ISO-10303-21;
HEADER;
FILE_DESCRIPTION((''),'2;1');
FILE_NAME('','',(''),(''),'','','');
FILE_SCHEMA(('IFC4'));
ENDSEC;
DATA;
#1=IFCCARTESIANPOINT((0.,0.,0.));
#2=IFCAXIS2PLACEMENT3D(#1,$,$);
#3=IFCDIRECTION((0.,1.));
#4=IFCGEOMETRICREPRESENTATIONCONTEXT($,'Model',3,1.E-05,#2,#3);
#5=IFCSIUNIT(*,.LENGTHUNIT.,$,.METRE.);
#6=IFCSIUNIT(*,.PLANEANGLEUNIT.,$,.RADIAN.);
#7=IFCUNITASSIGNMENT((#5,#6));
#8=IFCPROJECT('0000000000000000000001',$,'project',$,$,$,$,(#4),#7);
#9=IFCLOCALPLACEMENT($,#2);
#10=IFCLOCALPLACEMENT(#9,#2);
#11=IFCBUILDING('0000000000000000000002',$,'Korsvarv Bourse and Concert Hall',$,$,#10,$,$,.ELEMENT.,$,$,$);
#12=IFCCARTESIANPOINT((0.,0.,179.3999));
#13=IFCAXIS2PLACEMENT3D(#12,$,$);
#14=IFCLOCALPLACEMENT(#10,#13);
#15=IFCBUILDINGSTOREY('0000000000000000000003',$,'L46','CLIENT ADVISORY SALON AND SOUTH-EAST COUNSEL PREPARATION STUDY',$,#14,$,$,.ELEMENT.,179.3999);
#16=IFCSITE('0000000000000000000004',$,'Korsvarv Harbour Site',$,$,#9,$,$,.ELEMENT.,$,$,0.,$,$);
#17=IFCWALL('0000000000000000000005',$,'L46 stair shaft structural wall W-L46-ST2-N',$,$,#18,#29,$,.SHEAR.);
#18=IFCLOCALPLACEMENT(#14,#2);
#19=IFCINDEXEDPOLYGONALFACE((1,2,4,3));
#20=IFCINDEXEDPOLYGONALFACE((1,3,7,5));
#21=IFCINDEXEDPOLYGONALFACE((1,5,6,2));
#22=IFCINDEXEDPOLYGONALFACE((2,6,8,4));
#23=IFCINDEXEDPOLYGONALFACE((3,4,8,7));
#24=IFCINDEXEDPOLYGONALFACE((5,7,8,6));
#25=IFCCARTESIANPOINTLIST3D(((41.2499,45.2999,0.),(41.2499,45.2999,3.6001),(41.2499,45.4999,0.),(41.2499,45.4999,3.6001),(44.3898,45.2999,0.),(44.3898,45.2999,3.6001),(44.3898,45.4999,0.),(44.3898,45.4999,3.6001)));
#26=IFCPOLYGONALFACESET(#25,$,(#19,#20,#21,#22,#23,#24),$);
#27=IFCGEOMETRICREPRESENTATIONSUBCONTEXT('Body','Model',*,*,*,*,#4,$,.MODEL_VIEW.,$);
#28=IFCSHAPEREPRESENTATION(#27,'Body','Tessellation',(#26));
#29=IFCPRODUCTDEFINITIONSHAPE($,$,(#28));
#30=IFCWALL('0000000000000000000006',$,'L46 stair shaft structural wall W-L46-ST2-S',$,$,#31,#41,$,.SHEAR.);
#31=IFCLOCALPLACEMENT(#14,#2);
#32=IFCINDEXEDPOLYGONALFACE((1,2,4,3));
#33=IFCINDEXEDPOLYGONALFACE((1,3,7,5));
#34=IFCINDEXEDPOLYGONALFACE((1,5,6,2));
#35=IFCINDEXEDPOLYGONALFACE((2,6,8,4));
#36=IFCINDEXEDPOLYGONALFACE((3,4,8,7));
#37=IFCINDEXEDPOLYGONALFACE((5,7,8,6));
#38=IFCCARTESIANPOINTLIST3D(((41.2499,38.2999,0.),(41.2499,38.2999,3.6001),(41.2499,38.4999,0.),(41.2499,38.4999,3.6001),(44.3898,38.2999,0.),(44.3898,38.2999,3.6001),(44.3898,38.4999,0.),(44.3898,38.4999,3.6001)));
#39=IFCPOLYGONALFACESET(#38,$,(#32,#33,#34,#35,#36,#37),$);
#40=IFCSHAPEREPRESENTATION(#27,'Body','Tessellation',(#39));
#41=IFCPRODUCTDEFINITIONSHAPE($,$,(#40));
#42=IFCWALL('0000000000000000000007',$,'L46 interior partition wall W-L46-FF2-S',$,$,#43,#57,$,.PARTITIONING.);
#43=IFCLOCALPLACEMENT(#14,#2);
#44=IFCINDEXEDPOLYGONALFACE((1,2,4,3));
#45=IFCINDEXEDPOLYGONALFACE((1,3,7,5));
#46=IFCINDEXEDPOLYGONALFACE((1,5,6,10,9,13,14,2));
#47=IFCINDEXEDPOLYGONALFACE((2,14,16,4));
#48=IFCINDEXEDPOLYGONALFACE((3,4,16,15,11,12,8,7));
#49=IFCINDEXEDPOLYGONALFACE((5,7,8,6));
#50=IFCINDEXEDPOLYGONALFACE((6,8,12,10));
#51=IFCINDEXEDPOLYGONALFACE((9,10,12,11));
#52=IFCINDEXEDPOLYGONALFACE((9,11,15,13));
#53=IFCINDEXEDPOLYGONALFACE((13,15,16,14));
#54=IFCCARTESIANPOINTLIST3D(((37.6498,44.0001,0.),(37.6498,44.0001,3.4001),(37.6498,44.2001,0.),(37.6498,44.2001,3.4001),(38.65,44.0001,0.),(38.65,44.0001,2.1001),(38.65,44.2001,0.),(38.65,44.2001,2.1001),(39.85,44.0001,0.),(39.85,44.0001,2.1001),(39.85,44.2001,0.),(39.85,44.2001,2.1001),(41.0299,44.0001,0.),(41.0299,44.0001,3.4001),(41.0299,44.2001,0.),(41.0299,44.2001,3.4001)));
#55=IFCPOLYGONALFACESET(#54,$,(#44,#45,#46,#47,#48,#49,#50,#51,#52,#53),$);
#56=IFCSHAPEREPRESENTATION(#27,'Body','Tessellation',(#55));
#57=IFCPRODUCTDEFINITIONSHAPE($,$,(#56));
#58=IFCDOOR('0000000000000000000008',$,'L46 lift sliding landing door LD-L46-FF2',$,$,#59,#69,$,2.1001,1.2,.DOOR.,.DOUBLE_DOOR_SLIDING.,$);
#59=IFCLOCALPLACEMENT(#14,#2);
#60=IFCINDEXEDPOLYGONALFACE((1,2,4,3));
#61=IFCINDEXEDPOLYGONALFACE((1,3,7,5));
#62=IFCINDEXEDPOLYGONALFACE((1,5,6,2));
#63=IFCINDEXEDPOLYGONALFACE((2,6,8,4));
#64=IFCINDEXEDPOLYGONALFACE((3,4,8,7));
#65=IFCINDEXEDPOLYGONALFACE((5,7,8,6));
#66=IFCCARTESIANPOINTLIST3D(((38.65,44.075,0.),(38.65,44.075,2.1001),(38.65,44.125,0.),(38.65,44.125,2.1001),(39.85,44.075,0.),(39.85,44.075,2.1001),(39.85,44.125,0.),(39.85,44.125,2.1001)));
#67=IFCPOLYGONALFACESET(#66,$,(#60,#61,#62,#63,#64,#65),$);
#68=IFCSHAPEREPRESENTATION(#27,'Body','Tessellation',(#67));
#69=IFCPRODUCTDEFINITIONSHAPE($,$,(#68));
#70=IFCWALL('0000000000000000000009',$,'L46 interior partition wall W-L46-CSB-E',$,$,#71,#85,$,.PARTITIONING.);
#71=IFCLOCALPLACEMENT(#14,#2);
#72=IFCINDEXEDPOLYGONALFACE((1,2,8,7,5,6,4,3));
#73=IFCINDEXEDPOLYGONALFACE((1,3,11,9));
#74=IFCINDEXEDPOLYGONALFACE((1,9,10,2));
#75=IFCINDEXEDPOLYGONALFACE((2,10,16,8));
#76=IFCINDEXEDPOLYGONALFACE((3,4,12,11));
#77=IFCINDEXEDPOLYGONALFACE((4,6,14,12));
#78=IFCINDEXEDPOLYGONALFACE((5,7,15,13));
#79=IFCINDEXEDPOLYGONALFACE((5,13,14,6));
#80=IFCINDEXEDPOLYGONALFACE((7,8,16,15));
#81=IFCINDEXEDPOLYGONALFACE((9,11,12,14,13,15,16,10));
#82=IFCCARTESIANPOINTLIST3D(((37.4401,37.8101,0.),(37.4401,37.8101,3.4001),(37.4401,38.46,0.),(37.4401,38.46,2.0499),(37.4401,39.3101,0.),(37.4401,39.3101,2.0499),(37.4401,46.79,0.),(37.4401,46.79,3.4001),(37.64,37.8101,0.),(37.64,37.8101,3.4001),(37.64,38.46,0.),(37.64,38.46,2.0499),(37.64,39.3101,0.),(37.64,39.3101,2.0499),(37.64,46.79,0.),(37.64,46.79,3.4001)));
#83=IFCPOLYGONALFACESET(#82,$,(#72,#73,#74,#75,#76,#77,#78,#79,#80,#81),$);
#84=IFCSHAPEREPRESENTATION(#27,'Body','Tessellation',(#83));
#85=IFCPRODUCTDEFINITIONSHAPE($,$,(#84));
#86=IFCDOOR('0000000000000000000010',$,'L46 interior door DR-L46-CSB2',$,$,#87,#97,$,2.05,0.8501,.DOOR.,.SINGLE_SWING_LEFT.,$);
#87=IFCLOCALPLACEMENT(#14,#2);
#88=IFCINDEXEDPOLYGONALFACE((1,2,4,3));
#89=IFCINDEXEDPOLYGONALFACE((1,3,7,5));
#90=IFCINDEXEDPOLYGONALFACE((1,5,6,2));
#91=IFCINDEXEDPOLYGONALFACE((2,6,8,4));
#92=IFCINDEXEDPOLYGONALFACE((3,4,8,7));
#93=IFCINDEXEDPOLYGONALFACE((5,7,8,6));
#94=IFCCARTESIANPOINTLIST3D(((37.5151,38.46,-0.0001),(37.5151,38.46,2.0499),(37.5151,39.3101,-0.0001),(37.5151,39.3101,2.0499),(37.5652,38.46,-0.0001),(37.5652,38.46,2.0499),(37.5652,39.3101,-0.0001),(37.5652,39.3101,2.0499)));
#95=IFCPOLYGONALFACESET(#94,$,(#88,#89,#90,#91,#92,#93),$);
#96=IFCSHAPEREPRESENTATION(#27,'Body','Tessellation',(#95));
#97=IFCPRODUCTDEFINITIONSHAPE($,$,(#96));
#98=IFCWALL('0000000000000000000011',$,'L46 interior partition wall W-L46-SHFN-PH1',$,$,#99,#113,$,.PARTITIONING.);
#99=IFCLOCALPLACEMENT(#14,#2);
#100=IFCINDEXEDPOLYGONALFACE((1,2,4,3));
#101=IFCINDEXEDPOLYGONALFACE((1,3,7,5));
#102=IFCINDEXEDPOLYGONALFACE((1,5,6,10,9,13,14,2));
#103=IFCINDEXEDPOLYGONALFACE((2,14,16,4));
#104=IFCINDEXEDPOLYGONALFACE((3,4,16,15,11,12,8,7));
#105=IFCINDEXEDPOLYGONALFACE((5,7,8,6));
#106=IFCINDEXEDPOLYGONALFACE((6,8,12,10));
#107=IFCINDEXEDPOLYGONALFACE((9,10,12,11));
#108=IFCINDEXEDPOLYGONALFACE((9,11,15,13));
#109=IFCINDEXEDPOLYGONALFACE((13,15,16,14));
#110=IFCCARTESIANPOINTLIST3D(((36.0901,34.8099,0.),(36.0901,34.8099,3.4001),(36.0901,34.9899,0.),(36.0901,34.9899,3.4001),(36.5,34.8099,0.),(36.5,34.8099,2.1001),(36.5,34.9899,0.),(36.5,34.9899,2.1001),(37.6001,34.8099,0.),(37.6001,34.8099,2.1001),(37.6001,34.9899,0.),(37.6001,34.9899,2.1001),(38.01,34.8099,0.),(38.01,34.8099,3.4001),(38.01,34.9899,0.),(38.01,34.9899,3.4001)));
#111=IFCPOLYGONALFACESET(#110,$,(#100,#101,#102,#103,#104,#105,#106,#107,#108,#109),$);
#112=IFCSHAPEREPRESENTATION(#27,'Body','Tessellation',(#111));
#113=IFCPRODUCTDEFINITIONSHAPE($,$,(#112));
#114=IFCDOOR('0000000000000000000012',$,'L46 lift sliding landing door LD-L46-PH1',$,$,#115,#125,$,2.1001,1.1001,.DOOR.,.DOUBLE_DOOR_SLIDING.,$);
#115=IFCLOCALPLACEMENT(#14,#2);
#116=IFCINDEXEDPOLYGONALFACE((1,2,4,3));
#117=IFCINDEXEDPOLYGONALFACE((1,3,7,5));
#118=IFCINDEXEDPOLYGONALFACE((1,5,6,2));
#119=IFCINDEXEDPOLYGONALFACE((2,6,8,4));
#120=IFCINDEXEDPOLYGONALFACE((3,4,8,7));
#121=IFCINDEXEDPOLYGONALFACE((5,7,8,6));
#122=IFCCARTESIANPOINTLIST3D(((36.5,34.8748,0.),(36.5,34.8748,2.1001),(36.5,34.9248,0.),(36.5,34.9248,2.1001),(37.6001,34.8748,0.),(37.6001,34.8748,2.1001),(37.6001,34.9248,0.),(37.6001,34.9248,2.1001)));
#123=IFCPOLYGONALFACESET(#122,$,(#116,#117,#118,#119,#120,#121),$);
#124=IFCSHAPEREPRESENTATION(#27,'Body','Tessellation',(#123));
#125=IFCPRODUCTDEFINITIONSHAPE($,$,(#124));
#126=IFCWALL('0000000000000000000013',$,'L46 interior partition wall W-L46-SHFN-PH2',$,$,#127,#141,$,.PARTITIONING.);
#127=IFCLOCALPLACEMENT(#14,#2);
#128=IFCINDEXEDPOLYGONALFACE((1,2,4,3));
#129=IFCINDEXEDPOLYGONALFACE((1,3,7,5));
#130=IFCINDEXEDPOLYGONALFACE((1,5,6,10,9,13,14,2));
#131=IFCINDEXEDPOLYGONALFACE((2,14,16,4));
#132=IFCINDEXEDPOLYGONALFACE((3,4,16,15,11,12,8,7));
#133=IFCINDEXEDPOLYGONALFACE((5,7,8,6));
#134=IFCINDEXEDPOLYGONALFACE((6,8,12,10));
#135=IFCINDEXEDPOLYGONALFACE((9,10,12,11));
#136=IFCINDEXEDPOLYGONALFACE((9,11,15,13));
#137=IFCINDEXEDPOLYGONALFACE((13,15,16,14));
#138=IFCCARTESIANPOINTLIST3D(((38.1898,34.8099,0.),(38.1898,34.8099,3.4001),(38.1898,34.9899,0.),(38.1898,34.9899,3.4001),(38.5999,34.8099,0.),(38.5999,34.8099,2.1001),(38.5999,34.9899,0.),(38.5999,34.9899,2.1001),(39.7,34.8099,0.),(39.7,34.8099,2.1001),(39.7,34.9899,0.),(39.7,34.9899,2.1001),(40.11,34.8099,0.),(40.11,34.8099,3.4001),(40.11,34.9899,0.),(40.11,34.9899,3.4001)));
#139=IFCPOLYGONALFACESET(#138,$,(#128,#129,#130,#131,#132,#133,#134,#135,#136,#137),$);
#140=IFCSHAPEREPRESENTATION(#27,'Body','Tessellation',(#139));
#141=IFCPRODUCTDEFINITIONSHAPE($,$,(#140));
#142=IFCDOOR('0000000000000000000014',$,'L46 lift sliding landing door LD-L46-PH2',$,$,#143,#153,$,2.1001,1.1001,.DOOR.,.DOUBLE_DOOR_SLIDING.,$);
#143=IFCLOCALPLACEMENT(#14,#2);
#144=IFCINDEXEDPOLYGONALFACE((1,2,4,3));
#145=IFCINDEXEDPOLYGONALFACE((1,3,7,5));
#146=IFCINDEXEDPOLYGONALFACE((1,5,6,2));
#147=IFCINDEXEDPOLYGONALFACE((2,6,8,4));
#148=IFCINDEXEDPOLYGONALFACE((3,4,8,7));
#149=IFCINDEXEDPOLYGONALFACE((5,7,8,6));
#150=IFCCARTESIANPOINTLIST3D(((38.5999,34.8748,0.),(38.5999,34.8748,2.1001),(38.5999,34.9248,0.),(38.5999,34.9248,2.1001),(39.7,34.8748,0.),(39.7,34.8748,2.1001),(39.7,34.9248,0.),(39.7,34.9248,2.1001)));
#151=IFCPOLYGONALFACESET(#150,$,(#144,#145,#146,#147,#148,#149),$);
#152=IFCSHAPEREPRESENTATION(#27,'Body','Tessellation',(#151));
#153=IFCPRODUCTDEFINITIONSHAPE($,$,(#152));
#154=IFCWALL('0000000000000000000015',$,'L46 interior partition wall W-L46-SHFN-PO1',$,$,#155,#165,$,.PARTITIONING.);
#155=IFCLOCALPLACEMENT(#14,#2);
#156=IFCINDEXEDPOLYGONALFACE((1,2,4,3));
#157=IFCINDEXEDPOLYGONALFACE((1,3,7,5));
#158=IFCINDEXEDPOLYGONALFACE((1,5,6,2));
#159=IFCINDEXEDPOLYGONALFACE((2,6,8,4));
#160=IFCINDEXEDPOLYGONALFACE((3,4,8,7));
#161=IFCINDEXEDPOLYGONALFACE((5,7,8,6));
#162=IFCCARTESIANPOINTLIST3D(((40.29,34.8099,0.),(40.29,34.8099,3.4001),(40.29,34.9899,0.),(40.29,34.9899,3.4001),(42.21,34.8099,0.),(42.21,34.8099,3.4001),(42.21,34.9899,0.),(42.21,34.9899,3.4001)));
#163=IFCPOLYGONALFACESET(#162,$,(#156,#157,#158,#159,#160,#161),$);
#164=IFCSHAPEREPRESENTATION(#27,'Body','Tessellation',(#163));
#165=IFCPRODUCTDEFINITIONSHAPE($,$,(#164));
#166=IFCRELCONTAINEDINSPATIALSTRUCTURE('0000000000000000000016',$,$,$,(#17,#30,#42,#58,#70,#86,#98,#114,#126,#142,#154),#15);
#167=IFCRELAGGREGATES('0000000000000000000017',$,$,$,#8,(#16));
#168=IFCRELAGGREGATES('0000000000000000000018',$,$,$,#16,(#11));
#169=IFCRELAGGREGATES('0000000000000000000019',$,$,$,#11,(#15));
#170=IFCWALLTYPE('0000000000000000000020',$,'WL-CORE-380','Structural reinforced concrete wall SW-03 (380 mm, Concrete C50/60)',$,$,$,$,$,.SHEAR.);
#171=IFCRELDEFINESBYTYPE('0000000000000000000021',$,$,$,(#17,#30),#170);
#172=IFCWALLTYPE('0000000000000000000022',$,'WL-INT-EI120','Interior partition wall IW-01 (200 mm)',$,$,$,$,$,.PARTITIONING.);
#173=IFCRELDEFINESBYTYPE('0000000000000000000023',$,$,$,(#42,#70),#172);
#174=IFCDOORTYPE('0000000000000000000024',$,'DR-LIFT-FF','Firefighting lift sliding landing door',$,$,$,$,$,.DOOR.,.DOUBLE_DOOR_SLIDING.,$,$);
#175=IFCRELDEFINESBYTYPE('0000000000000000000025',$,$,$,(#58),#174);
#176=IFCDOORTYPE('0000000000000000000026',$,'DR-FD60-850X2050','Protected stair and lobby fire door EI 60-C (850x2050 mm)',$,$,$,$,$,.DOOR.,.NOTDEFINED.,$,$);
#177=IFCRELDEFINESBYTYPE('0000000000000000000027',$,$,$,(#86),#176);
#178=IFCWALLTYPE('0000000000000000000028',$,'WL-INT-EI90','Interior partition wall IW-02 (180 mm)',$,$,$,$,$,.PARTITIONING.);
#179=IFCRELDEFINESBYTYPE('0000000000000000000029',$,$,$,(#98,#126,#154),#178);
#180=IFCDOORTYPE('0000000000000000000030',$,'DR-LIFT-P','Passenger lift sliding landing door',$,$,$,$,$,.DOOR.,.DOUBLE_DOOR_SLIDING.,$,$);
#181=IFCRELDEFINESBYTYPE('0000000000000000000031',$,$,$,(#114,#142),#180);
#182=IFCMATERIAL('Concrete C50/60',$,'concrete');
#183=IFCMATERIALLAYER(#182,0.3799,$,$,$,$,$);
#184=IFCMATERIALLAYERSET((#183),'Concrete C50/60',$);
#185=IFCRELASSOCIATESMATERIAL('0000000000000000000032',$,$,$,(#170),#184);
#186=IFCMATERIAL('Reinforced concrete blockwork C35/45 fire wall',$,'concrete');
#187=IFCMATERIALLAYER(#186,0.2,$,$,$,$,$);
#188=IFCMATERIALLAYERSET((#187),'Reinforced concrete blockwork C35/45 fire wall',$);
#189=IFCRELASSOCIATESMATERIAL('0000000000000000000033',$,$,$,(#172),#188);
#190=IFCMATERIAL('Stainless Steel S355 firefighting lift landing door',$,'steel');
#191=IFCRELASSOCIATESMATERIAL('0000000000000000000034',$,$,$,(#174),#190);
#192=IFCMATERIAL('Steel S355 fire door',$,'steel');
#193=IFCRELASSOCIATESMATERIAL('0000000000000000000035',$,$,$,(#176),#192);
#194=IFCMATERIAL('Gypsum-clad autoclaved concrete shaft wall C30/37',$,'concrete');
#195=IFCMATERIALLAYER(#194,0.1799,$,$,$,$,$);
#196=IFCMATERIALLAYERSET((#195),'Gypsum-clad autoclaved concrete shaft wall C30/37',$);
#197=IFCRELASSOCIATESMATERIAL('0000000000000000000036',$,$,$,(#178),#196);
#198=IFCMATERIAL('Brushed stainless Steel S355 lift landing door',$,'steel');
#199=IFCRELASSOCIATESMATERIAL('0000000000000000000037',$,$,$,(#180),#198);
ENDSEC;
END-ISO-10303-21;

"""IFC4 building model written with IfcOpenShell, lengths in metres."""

from ifc_helpers import new_model, si_unit, direction, frame, frame_2d, origin, place, context, subcontext, project, spatial, rectangle, extrude, material, layer, layer_set, type_object, element, fill, save


model = new_model("IFC4")

# Units and contexts
model_context = context("Model", 3, precision=1e-05, world=origin(), true_north=direction((0.0, 1.0)))
body_context = subcontext(model_context, "Body", "Model", "MODEL_VIEW")
ifc_project = project(units=[si_unit("LENGTHUNIT", "METRE"), si_unit("PLANEANGLEUNIT", "RADIAN")], contexts=[model_context])

# Site, building, storey
site_placement = place(None, origin())
site = spatial("IfcSite", under=ifc_project, at=site_placement, Name="Korsvarv Harbour Site", CompositionType="ELEMENT", RefElevation=0.0)
building_placement = place(site_placement, origin())
building = spatial("IfcBuilding", under=site, at=building_placement, Name="Korsvarv Bourse and Concert Hall", CompositionType="ELEMENT")
storey_placement = place(building_placement, frame((0.0, 0.0, 179.3999)))
storey = spatial("IfcBuildingStorey", under=building, at=storey_placement, Name="L46", Description="CLIENT ADVISORY SALON AND SOUTH-EAST COUNSEL PREPARATION STUDY", CompositionType="ELEMENT", Elevation=179.3999)

# Shared definitions
ifc_material_1 = material(Name="Concrete C50/60", Category="concrete")
ifc_layer_1 = layer(ifc_material_1, 0.3799)
ifc_layer_set_1 = layer_set([ifc_layer_1], Name="Concrete C50/60")
wall_type_1 = type_object("IfcWallType", Name="WL-CORE-380", Description="Structural reinforced concrete wall SW-03 (380 mm, Concrete C50/60)", PredefinedType="SHEAR", material=ifc_layer_set_1)
ifc_material_2 = material(Name="Steel S355 fire door", Category="steel")

# Walls
for number, where, z_axis, x_axis, name in (
    (1, (41.25, 45.3999, 0.0), (0.0, 0.0, 1.0), (1.0, 0.0, 0.0), "L46 stair shaft structural wall W-L46-ST2-N"),
    (2, (41.25, 38.3999, 0.0), (0.0, 0.0, 1.0), (1.0, 0.0, 0.0), "L46 stair shaft structural wall W-L46-ST2-S"),
):
    element("IfcWall", number, at=place(storey_placement, frame(where, z_axis=z_axis, x_axis=x_axis)), inside=storey, type_object=wall_type_1, Name=name, PredefinedType="SHEAR", context=body_context, shape_type="SweptSolid", body=[
        extrude(rectangle(XDim=3.1399, YDim=0.2, at=frame_2d((1.5698, 0.0))), origin(), (0.0, 0.0, 1.0), 3.6001),
    ])

# Walls, openings, doors
ifc_material_3 = material(Name="Reinforced concrete blockwork C35/45 fire wall", Category="concrete")
ifc_layer_2 = layer(ifc_material_3, 0.2)
ifc_layer_set_2 = layer_set([ifc_layer_2], Name="Reinforced concrete blockwork C35/45 fire wall")
wall_type_2 = type_object("IfcWallType", Name="WL-INT-EI120", Description="Interior partition wall IW-01 (200 mm)", PredefinedType="PARTITIONING", material=ifc_layer_set_2)
wall_1_placement = place(storey_placement, frame((37.6499, 44.1001, 0.0), z_axis=(0.0, 0.0, 1.0), x_axis=(1.0, 0.0, 0.0)))
wall_1 = element("IfcWall", 3, at=wall_1_placement, inside=storey, type_object=wall_type_2, Name="L46 interior partition wall W-L46-FF2-S", PredefinedType="PARTITIONING", context=body_context, shape_type="SweptSolid", body=[
    extrude(rectangle(XDim=3.3801, YDim=0.2, at=frame_2d((1.6899, 0.0))), origin(), (0.0, 0.0, 1.0), 3.4001),
])
opening_1_placement = place(wall_1_placement, frame((1.0, 0.0, 0.0)))
opening_1 = element("IfcOpeningElement", 4, at=opening_1_placement, cuts=wall_1, PredefinedType="OPENING", context=body_context, shape_type="SweptSolid", body=[
    extrude(rectangle(XDim=1.2, YDim=2.1001, at=frame_2d((0.6001, 1.05))), frame((0.0, 0.1099, 0.0), z_axis=(0.0, -1.0, 0.0), x_axis=(1.0, 0.0, 0.0)), (0.0, 0.0, 1.0), 0.22),
])
ifc_material_4 = material(Name="Stainless Steel S355 firefighting lift landing door", Category="steel")
door_type_1 = type_object("IfcDoorType", Name="DR-LIFT-FF", Description="Firefighting lift sliding landing door", OperationType="DOUBLE_DOOR_SLIDING", PredefinedType="DOOR", material=ifc_material_4)
door_1_placement = place(opening_1_placement, origin())
door_1 = element("IfcDoor", 5, at=door_1_placement, inside=storey, type_object=door_type_1, Name="L46 lift sliding landing door LD-L46-FF2", OperationType="DOUBLE_DOOR_SLIDING", OverallHeight=2.1001, OverallWidth=1.2, PredefinedType="DOOR", context=body_context, shape_type="SweptSolid", body=[
    extrude(rectangle(XDim=1.2, YDim=2.1001, at=frame_2d((0.6001, 1.05))), frame((0.0, 0.0249, 0.0), z_axis=(0.0, -1.0, 0.0), x_axis=(1.0, 0.0, 0.0)), (0.0, 0.0, 1.0), 0.05),
])
fill(opening_1, door_1)
wall_2_placement = place(storey_placement, frame((37.54, 37.8101, 0.0), z_axis=(0.0, 0.0, 1.0), x_axis=(0.0, 1.0, 0.0)))
wall_2 = element("IfcWall", 6, at=wall_2_placement, inside=storey, type_object=wall_type_2, Name="L46 interior partition wall W-L46-CSB-E", PredefinedType="PARTITIONING", context=body_context, shape_type="SweptSolid", body=[
    extrude(rectangle(XDim=8.98, YDim=0.2, at=frame_2d((4.49, 0.0))), origin(), (0.0, 0.0, 1.0), 3.4001),
])
opening_2_placement = place(wall_2_placement, frame((0.6499, 0.0, 0.0)))
opening_2 = element("IfcOpeningElement", 7, at=opening_2_placement, cuts=wall_2, PredefinedType="OPENING", context=body_context, shape_type="SweptSolid", body=[
    extrude(rectangle(XDim=0.8501, YDim=2.05, at=frame_2d((0.425, 1.0249))), frame((0.0, 0.1099, 0.0), z_axis=(0.0, -1.0, 0.0), x_axis=(1.0, 0.0, 0.0)), (0.0, 0.0, 1.0), 0.22),
])
door_type_2 = type_object("IfcDoorType", Name="DR-FD60-850X2050", Description="Protected stair and lobby fire door EI 60-C (850x2050 mm)", OperationType="NOTDEFINED", PredefinedType="DOOR", material=ifc_material_2)
door_2_placement = place(opening_2_placement, origin())
door_2 = element("IfcDoor", 8, at=door_2_placement, inside=storey, type_object=door_type_2, Name="L46 interior door DR-L46-CSB2", OperationType="SINGLE_SWING_LEFT", OverallHeight=2.05, OverallWidth=0.8501, PredefinedType="DOOR", context=body_context, shape_type="SweptSolid", body=[
    extrude(rectangle(XDim=0.8501, YDim=2.05, at=frame_2d((0.425, 1.0249))), frame((0.0, 0.0249, 0.0), z_axis=(0.0, -1.0, 0.0), x_axis=(1.0, 0.0, 0.0)), (0.0, 0.0, 1.0), 0.05),
])
fill(opening_2, door_2)
ifc_material_5 = material(Name="Gypsum-clad autoclaved concrete shaft wall C30/37", Category="concrete")
ifc_layer_3 = layer(ifc_material_5, 0.1799)
ifc_layer_set_3 = layer_set([ifc_layer_3], Name="Gypsum-clad autoclaved concrete shaft wall C30/37")
wall_type_3 = type_object("IfcWallType", Name="WL-INT-EI90", Description="Interior partition wall IW-02 (180 mm)", PredefinedType="PARTITIONING", material=ifc_layer_set_3)
wall_3_placement = place(storey_placement, frame((36.0901, 34.8999, 0.0), z_axis=(0.0, 0.0, 1.0), x_axis=(1.0, 0.0, 0.0)))
wall_3 = element("IfcWall", 9, at=wall_3_placement, inside=storey, type_object=wall_type_3, Name="L46 interior partition wall W-L46-SHFN-PH1", PredefinedType="PARTITIONING", context=body_context, shape_type="SweptSolid", body=[
    extrude(rectangle(XDim=1.9199, YDim=0.1799, at=frame_2d((0.96, 0.0))), origin(), (0.0, 0.0, 1.0), 3.4001),
])
opening_3_placement = place(wall_3_placement, frame((0.4099, 0.0, 0.0)))
opening_3 = element("IfcOpeningElement", 10, at=opening_3_placement, cuts=wall_3, PredefinedType="OPENING", context=body_context, shape_type="SweptSolid", body=[
    extrude(rectangle(XDim=1.1001, YDim=2.1001, at=frame_2d((0.55, 1.05))), frame((0.0, 0.1001, 0.0), z_axis=(0.0, -1.0, 0.0), x_axis=(1.0, 0.0, 0.0)), (0.0, 0.0, 1.0), 0.2),
])
ifc_material_6 = material(Name="Brushed stainless Steel S355 lift landing door", Category="steel")
door_type_3 = type_object("IfcDoorType", Name="DR-LIFT-P", Description="Passenger lift sliding landing door", OperationType="DOUBLE_DOOR_SLIDING", PredefinedType="DOOR", material=ifc_material_6)
door_3_placement = place(opening_3_placement, origin())
door_3 = element("IfcDoor", 11, at=door_3_placement, inside=storey, type_object=door_type_3, Name="L46 lift sliding landing door LD-L46-PH1", OperationType="DOUBLE_DOOR_SLIDING", OverallHeight=2.1001, OverallWidth=1.1001, PredefinedType="DOOR", context=body_context, shape_type="SweptSolid", body=[
    extrude(rectangle(XDim=1.1001, YDim=2.1001, at=frame_2d((0.55, 1.05))), frame((0.0, 0.0249, 0.0), z_axis=(0.0, -1.0, 0.0), x_axis=(1.0, 0.0, 0.0)), (0.0, 0.0, 1.0), 0.05),
])
fill(opening_3, door_3)
wall_4_placement = place(storey_placement, frame((38.1899, 34.8999, 0.0), z_axis=(0.0, 0.0, 1.0), x_axis=(1.0, 0.0, 0.0)))
wall_4 = element("IfcWall", 12, at=wall_4_placement, inside=storey, type_object=wall_type_3, Name="L46 interior partition wall W-L46-SHFN-PH2", PredefinedType="PARTITIONING", context=body_context, shape_type="SweptSolid", body=[
    extrude(rectangle(XDim=1.9202, YDim=0.1799, at=frame_2d((0.96, 0.0))), origin(), (0.0, 0.0, 1.0), 3.4001),
])
opening_4_placement = place(wall_4_placement, frame((0.4099, 0.0, 0.0)))
opening_4 = element("IfcOpeningElement", 13, at=opening_4_placement, cuts=wall_4, PredefinedType="OPENING", context=body_context, shape_type="SweptSolid", body=[
    extrude(rectangle(XDim=1.1001, YDim=2.1001, at=frame_2d((0.55, 1.05))), frame((0.0, 0.1001, 0.0), z_axis=(0.0, -1.0, 0.0), x_axis=(1.0, 0.0, 0.0)), (0.0, 0.0, 1.0), 0.2),
])
door_4_placement = place(opening_4_placement, origin())
door_4 = element("IfcDoor", 14, at=door_4_placement, inside=storey, type_object=door_type_3, Name="L46 lift sliding landing door LD-L46-PH2", OperationType="DOUBLE_DOOR_SLIDING", OverallHeight=2.1001, OverallWidth=1.1001, PredefinedType="DOOR", context=body_context, shape_type="SweptSolid", body=[
    extrude(rectangle(XDim=1.1001, YDim=2.1001, at=frame_2d((0.55, 1.05))), frame((0.0, 0.0249, 0.0), z_axis=(0.0, -1.0, 0.0), x_axis=(1.0, 0.0, 0.0)), (0.0, 0.0, 1.0), 0.05),
])
fill(opening_4, door_4)

# Wall
wall_5_placement = place(storey_placement, frame((40.29, 34.8999, 0.0), z_axis=(0.0, 0.0, 1.0), x_axis=(1.0, 0.0, 0.0)))
element("IfcWall", 15, at=wall_5_placement, inside=storey, type_object=wall_type_3, Name="L46 interior partition wall W-L46-SHFN-PO1", PredefinedType="PARTITIONING", context=body_context, shape_type="SweptSolid", body=[
    extrude(rectangle(XDim=1.9199, YDim=0.1799, at=frame_2d((0.96, 0.0))), origin(), (0.0, 0.0, 1.0), 3.4001),
])

save(model, "model.ifc")
